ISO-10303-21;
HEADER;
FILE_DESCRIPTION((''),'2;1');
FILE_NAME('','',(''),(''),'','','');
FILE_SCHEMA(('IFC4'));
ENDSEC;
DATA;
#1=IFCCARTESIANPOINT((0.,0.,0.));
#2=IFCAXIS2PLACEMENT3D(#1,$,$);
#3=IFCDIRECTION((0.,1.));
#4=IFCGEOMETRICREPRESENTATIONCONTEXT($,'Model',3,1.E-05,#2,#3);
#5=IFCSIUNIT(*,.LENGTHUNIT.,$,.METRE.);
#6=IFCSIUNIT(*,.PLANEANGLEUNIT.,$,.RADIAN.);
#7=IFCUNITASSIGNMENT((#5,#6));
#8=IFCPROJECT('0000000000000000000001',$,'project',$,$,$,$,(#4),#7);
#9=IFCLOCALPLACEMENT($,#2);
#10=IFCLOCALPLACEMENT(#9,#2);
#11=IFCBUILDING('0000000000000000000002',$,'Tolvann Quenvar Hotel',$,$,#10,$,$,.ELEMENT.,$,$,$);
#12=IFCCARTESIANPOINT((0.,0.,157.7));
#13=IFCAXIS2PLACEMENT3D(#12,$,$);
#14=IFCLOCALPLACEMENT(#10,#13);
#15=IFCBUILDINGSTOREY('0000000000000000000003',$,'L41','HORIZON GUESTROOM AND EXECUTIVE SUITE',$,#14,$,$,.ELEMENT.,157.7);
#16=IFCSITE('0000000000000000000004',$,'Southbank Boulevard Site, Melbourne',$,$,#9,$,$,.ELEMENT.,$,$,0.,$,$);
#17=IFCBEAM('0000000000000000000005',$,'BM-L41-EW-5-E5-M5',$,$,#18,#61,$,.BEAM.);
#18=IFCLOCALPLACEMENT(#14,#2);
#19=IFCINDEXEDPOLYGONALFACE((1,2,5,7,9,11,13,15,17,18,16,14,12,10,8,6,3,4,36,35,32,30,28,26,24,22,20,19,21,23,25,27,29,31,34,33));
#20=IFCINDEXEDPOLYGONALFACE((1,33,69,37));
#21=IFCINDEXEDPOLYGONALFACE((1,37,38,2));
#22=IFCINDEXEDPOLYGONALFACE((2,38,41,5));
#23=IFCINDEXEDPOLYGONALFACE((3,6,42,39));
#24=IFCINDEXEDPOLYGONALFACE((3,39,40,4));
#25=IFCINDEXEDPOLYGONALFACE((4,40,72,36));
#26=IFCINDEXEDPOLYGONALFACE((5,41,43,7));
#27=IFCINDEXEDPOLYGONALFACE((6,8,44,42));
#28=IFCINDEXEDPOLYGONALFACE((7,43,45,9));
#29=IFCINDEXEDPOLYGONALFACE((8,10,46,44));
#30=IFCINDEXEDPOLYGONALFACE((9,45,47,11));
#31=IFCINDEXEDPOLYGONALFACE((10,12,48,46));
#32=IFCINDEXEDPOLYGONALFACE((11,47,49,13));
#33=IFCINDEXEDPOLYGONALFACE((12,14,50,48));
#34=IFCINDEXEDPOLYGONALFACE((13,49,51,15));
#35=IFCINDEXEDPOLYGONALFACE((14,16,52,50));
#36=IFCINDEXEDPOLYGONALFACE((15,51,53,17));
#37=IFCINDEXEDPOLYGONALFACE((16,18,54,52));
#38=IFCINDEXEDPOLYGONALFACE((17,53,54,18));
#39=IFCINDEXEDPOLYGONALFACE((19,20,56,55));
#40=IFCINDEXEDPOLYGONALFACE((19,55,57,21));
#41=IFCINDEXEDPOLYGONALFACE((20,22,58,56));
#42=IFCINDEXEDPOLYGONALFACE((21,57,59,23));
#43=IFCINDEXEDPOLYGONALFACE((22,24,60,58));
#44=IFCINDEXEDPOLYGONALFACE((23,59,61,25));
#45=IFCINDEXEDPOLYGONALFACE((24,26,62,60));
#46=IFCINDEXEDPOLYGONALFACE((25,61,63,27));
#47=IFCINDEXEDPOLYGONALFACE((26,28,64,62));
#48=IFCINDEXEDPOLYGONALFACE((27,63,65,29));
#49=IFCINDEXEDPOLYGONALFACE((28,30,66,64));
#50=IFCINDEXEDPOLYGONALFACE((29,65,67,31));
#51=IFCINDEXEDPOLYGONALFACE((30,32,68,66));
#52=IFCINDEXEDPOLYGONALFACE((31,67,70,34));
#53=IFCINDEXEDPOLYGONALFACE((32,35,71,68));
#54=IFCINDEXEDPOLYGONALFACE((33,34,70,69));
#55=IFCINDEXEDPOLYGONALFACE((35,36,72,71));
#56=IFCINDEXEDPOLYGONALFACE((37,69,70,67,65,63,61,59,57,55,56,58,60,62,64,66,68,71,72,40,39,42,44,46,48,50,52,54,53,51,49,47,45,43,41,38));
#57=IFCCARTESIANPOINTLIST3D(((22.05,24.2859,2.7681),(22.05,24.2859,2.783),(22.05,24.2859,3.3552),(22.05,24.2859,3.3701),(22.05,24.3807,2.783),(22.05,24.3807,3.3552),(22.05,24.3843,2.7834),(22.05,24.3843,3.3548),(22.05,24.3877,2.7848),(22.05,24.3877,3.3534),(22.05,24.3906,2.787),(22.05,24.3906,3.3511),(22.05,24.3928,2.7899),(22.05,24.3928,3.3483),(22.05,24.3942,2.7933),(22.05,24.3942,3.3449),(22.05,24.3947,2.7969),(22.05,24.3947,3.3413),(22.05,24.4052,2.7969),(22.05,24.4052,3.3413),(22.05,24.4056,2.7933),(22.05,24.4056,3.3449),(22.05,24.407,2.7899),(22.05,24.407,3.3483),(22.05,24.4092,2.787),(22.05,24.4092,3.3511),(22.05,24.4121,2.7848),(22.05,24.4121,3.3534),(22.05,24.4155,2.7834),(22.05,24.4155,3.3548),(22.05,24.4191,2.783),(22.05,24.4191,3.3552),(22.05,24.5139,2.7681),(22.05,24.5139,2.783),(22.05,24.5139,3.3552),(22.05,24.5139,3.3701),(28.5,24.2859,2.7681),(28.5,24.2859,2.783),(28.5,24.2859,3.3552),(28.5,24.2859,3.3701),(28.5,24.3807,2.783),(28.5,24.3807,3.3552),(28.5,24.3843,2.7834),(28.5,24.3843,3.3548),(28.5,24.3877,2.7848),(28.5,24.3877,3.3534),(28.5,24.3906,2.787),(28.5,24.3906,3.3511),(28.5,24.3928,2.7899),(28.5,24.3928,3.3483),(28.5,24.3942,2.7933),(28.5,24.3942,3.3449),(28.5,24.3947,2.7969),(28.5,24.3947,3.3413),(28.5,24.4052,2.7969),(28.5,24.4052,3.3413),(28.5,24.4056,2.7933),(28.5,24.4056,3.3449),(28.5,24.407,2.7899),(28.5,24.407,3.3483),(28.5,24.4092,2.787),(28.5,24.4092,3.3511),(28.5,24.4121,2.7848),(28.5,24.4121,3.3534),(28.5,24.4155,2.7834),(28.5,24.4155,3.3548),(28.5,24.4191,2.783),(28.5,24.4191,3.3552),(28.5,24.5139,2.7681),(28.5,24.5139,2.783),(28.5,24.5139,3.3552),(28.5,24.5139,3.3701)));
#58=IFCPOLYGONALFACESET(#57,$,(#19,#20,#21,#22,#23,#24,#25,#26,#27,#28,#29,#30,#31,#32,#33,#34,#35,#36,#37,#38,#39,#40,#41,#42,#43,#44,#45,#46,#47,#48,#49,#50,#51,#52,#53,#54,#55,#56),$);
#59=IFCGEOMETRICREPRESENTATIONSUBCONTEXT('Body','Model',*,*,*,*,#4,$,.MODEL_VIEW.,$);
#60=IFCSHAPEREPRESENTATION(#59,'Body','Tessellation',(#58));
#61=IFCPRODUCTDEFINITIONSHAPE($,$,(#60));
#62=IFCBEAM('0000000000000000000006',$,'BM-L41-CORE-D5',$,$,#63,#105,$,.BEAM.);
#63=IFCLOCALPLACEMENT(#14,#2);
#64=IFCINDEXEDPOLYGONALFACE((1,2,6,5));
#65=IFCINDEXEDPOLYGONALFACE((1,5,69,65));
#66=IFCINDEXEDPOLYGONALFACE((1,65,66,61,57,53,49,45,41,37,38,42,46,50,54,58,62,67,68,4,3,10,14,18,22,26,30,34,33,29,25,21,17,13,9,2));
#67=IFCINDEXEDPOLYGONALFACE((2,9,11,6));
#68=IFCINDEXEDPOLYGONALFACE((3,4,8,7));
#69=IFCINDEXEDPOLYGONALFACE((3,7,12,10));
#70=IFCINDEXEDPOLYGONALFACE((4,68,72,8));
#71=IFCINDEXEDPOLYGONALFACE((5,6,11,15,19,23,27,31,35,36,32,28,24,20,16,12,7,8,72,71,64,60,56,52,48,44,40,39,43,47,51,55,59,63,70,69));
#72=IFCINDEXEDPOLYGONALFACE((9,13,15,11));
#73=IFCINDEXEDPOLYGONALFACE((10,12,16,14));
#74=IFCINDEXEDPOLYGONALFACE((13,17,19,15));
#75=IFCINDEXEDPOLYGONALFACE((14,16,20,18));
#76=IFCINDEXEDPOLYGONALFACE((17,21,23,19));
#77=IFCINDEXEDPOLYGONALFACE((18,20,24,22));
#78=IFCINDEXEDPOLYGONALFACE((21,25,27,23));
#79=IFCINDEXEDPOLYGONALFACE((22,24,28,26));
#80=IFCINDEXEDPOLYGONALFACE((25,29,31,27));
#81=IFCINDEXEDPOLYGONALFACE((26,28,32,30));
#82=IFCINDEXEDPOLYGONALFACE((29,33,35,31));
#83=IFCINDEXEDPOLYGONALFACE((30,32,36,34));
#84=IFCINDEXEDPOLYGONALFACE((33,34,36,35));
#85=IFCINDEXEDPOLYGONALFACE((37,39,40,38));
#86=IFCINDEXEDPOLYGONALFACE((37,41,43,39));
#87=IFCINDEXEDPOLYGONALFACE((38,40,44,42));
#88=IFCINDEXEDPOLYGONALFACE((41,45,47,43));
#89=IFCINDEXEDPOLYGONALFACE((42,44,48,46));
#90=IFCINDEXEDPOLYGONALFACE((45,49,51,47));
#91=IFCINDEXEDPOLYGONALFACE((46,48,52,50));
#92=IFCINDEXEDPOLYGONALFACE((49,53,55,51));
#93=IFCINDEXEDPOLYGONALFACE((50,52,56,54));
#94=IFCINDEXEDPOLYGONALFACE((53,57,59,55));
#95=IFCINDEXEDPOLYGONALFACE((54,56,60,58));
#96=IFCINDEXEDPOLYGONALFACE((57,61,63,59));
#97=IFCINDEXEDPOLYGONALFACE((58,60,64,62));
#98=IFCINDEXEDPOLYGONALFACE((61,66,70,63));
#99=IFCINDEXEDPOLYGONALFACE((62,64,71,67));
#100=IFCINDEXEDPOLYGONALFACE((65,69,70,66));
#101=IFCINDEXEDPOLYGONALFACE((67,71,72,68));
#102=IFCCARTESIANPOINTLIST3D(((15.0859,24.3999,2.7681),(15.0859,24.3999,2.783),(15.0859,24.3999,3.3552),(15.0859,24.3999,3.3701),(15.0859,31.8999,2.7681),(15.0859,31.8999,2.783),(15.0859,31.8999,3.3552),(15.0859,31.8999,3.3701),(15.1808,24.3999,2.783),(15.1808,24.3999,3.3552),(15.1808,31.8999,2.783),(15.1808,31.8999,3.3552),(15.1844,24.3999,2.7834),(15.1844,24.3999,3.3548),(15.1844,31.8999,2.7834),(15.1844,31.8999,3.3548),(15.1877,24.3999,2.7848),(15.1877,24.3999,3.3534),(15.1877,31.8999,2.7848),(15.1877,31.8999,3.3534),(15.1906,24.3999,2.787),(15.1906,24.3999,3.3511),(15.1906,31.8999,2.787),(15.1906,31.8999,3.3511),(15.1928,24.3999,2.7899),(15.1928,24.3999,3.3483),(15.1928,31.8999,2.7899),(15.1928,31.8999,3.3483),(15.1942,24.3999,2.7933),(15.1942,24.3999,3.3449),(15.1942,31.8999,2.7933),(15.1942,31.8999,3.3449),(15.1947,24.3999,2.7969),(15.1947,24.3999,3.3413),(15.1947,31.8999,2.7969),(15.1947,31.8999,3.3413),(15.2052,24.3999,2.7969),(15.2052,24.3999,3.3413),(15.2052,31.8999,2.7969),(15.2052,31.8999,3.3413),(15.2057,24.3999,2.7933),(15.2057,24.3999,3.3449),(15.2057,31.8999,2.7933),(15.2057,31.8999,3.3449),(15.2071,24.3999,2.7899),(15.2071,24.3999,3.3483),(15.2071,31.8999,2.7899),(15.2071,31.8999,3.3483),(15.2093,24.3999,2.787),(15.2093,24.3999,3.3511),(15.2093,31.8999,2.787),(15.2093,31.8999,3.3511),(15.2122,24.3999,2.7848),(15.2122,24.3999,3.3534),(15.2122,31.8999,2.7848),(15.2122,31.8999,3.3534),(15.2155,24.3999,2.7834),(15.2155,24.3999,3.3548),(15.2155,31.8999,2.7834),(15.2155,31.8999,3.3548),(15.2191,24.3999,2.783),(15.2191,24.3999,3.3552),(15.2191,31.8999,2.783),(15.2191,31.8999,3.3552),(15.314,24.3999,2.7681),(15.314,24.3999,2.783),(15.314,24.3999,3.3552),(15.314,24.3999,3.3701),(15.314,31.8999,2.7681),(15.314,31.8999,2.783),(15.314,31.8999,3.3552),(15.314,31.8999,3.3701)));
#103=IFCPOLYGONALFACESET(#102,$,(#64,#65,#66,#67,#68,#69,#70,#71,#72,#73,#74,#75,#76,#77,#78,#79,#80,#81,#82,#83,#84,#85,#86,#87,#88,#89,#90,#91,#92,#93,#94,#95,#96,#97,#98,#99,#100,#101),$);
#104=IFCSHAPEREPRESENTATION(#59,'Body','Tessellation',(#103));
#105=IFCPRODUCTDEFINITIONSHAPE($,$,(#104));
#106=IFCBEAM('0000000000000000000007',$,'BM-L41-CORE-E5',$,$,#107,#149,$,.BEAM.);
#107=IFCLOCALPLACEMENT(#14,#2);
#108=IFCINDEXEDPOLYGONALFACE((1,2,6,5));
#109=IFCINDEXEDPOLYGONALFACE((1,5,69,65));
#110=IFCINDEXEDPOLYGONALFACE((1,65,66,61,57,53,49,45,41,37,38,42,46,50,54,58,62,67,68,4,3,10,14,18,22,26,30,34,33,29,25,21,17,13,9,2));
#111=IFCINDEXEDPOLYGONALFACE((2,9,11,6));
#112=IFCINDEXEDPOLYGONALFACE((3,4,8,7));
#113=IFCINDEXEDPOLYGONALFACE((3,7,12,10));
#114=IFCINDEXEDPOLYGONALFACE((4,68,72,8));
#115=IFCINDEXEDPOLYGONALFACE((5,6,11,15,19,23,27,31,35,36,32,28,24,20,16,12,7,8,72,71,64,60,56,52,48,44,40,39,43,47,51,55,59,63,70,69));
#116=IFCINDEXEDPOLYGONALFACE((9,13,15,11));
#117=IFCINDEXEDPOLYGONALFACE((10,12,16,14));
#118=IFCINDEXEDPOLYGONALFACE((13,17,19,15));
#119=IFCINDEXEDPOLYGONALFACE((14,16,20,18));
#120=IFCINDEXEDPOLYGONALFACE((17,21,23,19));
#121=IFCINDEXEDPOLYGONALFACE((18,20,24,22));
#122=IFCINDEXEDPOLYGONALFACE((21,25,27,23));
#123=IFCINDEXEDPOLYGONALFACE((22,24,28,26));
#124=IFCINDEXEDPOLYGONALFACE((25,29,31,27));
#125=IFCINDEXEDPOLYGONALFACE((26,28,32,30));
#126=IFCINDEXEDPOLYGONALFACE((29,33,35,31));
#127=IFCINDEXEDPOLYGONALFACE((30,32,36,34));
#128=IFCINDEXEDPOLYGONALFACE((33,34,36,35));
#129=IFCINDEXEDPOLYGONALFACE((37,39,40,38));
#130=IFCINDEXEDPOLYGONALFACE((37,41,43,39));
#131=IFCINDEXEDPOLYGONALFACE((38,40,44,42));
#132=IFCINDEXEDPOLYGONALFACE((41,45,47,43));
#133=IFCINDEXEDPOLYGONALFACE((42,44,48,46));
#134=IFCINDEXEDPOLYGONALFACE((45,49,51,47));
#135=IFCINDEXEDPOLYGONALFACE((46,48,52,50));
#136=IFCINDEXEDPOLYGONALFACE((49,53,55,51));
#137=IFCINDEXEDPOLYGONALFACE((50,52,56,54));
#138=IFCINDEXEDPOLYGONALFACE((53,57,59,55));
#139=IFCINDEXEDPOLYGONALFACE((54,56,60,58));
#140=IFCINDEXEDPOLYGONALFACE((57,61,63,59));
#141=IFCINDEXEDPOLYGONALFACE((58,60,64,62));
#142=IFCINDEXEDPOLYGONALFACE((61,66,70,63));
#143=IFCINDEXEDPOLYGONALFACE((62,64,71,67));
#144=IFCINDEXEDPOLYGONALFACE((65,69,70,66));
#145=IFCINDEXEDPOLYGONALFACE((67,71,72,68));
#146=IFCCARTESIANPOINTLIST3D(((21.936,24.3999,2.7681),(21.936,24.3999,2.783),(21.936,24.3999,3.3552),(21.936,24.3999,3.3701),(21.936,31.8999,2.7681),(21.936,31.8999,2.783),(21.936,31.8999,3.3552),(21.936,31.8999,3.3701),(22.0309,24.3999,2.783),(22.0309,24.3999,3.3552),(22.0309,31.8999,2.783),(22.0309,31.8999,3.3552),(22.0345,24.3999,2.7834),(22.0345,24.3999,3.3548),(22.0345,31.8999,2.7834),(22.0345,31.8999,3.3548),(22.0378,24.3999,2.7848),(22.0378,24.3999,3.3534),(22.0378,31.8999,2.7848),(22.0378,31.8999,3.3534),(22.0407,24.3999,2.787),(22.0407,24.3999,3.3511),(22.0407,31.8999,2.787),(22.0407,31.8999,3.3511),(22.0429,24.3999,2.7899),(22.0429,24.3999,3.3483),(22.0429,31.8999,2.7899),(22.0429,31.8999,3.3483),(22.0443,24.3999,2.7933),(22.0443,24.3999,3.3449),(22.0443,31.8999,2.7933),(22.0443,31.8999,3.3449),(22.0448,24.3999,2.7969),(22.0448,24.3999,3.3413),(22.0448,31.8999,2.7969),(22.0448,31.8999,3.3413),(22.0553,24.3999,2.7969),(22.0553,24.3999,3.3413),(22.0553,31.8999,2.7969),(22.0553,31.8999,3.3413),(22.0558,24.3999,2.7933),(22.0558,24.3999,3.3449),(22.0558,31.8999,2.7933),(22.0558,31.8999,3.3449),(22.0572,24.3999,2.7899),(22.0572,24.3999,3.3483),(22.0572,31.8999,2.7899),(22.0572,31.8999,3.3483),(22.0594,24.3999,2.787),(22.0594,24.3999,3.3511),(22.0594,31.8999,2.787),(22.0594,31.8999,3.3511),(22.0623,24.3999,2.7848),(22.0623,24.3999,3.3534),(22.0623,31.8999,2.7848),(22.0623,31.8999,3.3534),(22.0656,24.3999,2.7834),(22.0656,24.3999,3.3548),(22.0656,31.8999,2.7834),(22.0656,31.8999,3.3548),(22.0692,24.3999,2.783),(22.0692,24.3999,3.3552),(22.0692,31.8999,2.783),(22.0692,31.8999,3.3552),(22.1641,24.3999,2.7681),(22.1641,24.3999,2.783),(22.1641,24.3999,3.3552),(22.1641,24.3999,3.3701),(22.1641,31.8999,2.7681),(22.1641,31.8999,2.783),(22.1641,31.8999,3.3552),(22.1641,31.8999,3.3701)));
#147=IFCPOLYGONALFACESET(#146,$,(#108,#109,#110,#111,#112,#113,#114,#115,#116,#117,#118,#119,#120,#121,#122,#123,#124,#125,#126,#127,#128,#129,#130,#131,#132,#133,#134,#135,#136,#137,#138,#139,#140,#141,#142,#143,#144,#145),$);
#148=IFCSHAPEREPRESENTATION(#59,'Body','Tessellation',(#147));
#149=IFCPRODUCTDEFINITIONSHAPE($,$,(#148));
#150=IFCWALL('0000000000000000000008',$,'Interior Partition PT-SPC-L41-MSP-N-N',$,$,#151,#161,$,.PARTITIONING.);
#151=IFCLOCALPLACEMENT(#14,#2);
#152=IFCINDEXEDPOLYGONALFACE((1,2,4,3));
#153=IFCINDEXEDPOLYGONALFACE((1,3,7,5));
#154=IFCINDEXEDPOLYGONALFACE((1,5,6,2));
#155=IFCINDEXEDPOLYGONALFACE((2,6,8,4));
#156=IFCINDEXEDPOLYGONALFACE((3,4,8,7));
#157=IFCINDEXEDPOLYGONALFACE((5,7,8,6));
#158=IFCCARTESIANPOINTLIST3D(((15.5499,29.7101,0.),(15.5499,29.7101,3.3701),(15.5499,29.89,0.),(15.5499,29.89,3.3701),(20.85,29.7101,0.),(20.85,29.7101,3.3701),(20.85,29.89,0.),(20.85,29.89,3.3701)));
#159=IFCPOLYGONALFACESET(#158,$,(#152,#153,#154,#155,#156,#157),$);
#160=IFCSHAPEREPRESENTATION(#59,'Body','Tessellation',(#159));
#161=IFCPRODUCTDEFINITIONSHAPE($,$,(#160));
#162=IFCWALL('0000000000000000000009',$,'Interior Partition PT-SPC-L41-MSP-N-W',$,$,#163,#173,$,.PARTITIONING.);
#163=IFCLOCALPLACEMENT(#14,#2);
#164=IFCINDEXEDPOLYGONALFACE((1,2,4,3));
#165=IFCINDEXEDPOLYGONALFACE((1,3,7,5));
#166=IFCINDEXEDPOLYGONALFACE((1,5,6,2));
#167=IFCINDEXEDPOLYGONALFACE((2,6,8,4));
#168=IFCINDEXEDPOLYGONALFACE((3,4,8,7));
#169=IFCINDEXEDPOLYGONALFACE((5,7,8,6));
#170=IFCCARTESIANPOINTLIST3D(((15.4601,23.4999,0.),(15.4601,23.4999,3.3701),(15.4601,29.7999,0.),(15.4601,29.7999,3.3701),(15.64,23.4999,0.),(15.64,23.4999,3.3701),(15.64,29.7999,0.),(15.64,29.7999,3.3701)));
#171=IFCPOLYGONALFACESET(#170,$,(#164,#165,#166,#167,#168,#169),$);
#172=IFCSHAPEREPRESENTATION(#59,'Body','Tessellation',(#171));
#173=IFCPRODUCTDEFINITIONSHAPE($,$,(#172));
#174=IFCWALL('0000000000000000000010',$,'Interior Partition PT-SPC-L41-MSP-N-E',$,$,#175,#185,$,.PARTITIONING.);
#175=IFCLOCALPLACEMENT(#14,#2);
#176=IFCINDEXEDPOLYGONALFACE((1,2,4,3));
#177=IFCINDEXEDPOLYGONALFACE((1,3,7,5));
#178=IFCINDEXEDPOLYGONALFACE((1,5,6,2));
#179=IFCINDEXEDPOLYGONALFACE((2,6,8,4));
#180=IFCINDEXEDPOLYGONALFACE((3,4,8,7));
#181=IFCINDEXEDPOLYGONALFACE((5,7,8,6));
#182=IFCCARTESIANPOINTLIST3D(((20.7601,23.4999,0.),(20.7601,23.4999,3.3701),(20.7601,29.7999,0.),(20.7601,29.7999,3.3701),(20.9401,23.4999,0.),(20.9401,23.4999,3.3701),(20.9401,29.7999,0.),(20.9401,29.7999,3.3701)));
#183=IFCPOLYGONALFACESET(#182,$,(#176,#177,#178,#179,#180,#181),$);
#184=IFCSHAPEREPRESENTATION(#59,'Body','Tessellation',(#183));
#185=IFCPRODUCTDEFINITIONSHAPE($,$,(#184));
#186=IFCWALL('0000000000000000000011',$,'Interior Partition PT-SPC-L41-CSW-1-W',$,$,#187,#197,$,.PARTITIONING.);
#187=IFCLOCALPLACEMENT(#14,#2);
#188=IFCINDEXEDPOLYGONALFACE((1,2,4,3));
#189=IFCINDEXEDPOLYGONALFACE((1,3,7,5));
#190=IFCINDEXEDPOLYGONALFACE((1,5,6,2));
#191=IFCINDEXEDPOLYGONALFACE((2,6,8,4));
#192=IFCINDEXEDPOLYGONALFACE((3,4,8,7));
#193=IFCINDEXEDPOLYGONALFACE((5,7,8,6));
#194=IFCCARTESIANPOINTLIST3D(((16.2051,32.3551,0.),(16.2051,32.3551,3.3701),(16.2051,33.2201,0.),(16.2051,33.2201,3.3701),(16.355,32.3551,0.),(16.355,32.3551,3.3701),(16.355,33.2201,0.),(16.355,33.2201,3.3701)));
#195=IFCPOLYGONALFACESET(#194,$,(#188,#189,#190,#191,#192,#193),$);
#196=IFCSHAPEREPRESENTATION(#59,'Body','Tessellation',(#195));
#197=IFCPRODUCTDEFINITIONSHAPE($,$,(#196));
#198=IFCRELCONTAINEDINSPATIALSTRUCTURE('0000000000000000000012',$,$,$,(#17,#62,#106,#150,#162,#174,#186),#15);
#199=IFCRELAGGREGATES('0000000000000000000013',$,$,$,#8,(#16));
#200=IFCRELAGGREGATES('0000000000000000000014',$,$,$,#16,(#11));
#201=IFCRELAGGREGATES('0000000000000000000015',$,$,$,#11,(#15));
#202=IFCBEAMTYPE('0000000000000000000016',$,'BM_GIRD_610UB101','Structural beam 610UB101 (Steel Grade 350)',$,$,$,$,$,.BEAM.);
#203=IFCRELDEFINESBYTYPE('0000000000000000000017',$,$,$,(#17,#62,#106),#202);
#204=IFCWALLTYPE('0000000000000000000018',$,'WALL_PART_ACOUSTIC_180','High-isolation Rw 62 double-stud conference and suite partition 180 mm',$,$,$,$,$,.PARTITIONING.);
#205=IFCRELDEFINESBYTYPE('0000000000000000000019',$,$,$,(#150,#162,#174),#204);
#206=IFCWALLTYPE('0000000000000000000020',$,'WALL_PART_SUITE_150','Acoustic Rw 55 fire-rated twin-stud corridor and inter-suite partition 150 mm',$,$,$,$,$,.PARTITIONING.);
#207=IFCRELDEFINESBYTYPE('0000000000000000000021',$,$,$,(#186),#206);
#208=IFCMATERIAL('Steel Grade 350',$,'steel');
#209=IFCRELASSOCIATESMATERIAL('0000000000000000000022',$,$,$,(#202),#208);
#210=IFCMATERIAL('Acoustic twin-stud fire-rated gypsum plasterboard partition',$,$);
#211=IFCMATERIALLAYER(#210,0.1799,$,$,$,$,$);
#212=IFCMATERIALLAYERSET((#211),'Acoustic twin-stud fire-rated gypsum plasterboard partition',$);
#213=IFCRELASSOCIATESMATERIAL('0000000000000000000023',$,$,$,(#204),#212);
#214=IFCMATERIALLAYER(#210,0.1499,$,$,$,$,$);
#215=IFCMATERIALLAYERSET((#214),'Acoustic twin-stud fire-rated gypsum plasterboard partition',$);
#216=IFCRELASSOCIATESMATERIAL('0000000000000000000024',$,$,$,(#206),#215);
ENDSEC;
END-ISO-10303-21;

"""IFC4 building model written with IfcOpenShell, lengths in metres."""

from ifc_helpers import new_model, si_unit, direction, frame, frame_2d, origin, origin_2d, place, context, subcontext, project, spatial, rectangle, i_section, extrude, source, transform, mapped, material, layer, layer_set, material_profile, profile_set, type_object, element, save


model = new_model("IFC4")

# Units and contexts
model_context = context("Model", 3, precision=1e-05, world=origin(), true_north=direction((0.0, 1.0)))
body_context = subcontext(model_context, "Body", "Model", "MODEL_VIEW")
ifc_project = project(units=[si_unit("LENGTHUNIT", "METRE"), si_unit("PLANEANGLEUNIT", "RADIAN")], contexts=[model_context])

# Site, building, storey
site_placement = place(None, origin())
site = spatial("IfcSite", under=ifc_project, at=site_placement, Name="Southbank Boulevard Site, Melbourne", CompositionType="ELEMENT", RefElevation=0.0)
building_placement = place(site_placement, origin())
building = spatial("IfcBuilding", under=site, at=building_placement, Name="Tolvann Quenvar Hotel", CompositionType="ELEMENT")
storey_placement = place(building_placement, frame((0.0, 0.0, 157.7)))
storey = spatial("IfcBuildingStorey", under=building, at=storey_placement, Name="L41", Description="HORIZON GUESTROOM AND EXECUTIVE SUITE", CompositionType="ELEMENT", Elevation=157.7)

# Beams
ifc_material_1 = material(Name="Steel Grade 350", Category="steel")
ifc_material_profile_1 = material_profile(ifc_material_1, i_section(OverallWidth=0.228, OverallDepth=0.6021, WebThickness=0.0105, FlangeThickness=0.0149, FilletRadius=0.0139, at=origin_2d()), Name="610UB101")
ifc_profile_set_1 = profile_set([ifc_material_profile_1], Name="Steel Grade 350")
beam_type_1 = type_object("IfcBeamType", Name="BM_GIRD_610UB101", Description="Structural beam 610UB101 (Steel Grade 350)", PredefinedType="BEAM", material=ifc_profile_set_1)
shared_shape_1 = source(origin(), body_context, "Body", "SweptSolid", [
    extrude(i_section(OverallWidth=0.228, OverallDepth=0.6021, WebThickness=0.0105, FlangeThickness=0.0149, FilletRadius=0.0139, at=origin_2d()), origin(), (0.0, 0.0, 1.0), 6.45),
])
beam_1_placement = place(storey_placement, frame((22.05, 24.3999, 3.0691), z_axis=(1.0, 0.0, 0.0), x_axis=(0.0, 1.0, 0.0)))
element("IfcBeam", 1, at=beam_1_placement, inside=storey, type_object=beam_type_1, Name="BM-L41-EW-5-E5-M5", PredefinedType="BEAM", context=body_context, shape_type="MappedRepresentation", body=[
    mapped(shared_shape_1, transform((0.0, 0.0, 0.0), x_axis=(1.0, 0.0, 0.0), y_axis=(0.0, 1.0, 0.0), z_axis=(0.0, 0.0, 1.0), scale=1.0)),
])
shared_shape_2 = source(origin(), body_context, "Body", "SweptSolid", [
    extrude(i_section(OverallWidth=0.228, OverallDepth=0.6021, WebThickness=0.0105, FlangeThickness=0.0149, FilletRadius=0.0139, at=origin_2d()), origin(), (0.0, 0.0, 1.0), 7.5),
])
for number, where, z_axis, x_axis, name in (
    (2, (15.2, 24.3999, 3.0691), (0.0, 1.0, 0.0), (-1.0, 0.0, 0.0), "BM-L41-CORE-D5"),
    (3, (22.05, 24.3999, 3.0691), (0.0, 1.0, 0.0), (-1.0, 0.0, 0.0), "BM-L41-CORE-E5"),
):
    element("IfcBeam", number, at=place(storey_placement, frame(where, z_axis=z_axis, x_axis=x_axis)), inside=storey, type_object=beam_type_1, Name=name, PredefinedType="BEAM", context=body_context, shape_type="MappedRepresentation", body=[
        mapped(shared_shape_2, transform((0.0, 0.0, 0.0), x_axis=(1.0, 0.0, 0.0), y_axis=(0.0, 1.0, 0.0), z_axis=(0.0, 0.0, 1.0), scale=1.0)),
    ])

# Shared definitions
ifc_material_2 = material(Name="Acoustic twin-stud fire-rated gypsum plasterboard partition")
ifc_layer_1 = layer(ifc_material_2, 0.1799)
ifc_layer_set_1 = layer_set([ifc_layer_1], Name="Acoustic twin-stud fire-rated gypsum plasterboard partition")
wall_type_1 = type_object("IfcWallType", Name="WALL_PART_ACOUSTIC_180", Description="High-isolation Rw 62 double-stud conference and suite partition 180 mm", PredefinedType="PARTITIONING", material=ifc_layer_set_1)

# Walls
wall_1_placement = place(storey_placement, frame((15.55, 29.8, 0.0), z_axis=(0.0, 0.0, 1.0), x_axis=(1.0, 0.0, 0.0)))
element("IfcWall", 4, at=wall_1_placement, inside=storey, type_object=wall_type_1, Name="Interior Partition PT-SPC-L41-MSP-N-N", PredefinedType="PARTITIONING", context=body_context, shape_type="SweptSolid", body=[
    extrude(rectangle(XDim=5.3, YDim=0.1799, at=frame_2d((2.6499, 0.0))), origin(), (0.0, 0.0, 1.0), 3.3701),
])
for number, where, z_axis, x_axis, name in (
    (5, (15.55, 23.5, 0.0), (0.0, 0.0, 1.0), (0.0, 1.0, 0.0), "Interior Partition PT-SPC-L41-MSP-N-W"),
    (6, (20.8501, 23.5, 0.0), (0.0, 0.0, 1.0), (0.0, 1.0, 0.0), "Interior Partition PT-SPC-L41-MSP-N-E"),
):
    element("IfcWall", number, at=place(storey_placement, frame(where, z_axis=z_axis, x_axis=x_axis)), inside=storey, type_object=wall_type_1, Name=name, PredefinedType="PARTITIONING", context=body_context, shape_type="SweptSolid", body=[
        extrude(rectangle(XDim=6.3, YDim=0.1799, at=frame_2d((3.1499, 0.0))), origin(), (0.0, 0.0, 1.0), 3.3701),
    ])
ifc_layer_2 = layer(ifc_material_2, 0.1499)
ifc_layer_set_2 = layer_set([ifc_layer_2], Name="Acoustic twin-stud fire-rated gypsum plasterboard partition")
wall_type_2 = type_object("IfcWallType", Name="WALL_PART_SUITE_150", Description="Acoustic Rw 55 fire-rated twin-stud corridor and inter-suite partition 150 mm", PredefinedType="PARTITIONING", material=ifc_layer_set_2)
wall_2_placement = place(storey_placement, frame((16.28, 32.355, 0.0), z_axis=(0.0, 0.0, 1.0), x_axis=(0.0, 1.0, 0.0)))
element("IfcWall", 7, at=wall_2_placement, inside=storey, type_object=wall_type_2, Name="Interior Partition PT-SPC-L41-CSW-1-W", PredefinedType="PARTITIONING", context=body_context, shape_type="SweptSolid", body=[
    extrude(rectangle(XDim=0.865, YDim=0.1499, at=frame_2d((0.4326, 0.0))), origin(), (0.0, 0.0, 1.0), 3.3701),
])

save(model, "model.ifc")
